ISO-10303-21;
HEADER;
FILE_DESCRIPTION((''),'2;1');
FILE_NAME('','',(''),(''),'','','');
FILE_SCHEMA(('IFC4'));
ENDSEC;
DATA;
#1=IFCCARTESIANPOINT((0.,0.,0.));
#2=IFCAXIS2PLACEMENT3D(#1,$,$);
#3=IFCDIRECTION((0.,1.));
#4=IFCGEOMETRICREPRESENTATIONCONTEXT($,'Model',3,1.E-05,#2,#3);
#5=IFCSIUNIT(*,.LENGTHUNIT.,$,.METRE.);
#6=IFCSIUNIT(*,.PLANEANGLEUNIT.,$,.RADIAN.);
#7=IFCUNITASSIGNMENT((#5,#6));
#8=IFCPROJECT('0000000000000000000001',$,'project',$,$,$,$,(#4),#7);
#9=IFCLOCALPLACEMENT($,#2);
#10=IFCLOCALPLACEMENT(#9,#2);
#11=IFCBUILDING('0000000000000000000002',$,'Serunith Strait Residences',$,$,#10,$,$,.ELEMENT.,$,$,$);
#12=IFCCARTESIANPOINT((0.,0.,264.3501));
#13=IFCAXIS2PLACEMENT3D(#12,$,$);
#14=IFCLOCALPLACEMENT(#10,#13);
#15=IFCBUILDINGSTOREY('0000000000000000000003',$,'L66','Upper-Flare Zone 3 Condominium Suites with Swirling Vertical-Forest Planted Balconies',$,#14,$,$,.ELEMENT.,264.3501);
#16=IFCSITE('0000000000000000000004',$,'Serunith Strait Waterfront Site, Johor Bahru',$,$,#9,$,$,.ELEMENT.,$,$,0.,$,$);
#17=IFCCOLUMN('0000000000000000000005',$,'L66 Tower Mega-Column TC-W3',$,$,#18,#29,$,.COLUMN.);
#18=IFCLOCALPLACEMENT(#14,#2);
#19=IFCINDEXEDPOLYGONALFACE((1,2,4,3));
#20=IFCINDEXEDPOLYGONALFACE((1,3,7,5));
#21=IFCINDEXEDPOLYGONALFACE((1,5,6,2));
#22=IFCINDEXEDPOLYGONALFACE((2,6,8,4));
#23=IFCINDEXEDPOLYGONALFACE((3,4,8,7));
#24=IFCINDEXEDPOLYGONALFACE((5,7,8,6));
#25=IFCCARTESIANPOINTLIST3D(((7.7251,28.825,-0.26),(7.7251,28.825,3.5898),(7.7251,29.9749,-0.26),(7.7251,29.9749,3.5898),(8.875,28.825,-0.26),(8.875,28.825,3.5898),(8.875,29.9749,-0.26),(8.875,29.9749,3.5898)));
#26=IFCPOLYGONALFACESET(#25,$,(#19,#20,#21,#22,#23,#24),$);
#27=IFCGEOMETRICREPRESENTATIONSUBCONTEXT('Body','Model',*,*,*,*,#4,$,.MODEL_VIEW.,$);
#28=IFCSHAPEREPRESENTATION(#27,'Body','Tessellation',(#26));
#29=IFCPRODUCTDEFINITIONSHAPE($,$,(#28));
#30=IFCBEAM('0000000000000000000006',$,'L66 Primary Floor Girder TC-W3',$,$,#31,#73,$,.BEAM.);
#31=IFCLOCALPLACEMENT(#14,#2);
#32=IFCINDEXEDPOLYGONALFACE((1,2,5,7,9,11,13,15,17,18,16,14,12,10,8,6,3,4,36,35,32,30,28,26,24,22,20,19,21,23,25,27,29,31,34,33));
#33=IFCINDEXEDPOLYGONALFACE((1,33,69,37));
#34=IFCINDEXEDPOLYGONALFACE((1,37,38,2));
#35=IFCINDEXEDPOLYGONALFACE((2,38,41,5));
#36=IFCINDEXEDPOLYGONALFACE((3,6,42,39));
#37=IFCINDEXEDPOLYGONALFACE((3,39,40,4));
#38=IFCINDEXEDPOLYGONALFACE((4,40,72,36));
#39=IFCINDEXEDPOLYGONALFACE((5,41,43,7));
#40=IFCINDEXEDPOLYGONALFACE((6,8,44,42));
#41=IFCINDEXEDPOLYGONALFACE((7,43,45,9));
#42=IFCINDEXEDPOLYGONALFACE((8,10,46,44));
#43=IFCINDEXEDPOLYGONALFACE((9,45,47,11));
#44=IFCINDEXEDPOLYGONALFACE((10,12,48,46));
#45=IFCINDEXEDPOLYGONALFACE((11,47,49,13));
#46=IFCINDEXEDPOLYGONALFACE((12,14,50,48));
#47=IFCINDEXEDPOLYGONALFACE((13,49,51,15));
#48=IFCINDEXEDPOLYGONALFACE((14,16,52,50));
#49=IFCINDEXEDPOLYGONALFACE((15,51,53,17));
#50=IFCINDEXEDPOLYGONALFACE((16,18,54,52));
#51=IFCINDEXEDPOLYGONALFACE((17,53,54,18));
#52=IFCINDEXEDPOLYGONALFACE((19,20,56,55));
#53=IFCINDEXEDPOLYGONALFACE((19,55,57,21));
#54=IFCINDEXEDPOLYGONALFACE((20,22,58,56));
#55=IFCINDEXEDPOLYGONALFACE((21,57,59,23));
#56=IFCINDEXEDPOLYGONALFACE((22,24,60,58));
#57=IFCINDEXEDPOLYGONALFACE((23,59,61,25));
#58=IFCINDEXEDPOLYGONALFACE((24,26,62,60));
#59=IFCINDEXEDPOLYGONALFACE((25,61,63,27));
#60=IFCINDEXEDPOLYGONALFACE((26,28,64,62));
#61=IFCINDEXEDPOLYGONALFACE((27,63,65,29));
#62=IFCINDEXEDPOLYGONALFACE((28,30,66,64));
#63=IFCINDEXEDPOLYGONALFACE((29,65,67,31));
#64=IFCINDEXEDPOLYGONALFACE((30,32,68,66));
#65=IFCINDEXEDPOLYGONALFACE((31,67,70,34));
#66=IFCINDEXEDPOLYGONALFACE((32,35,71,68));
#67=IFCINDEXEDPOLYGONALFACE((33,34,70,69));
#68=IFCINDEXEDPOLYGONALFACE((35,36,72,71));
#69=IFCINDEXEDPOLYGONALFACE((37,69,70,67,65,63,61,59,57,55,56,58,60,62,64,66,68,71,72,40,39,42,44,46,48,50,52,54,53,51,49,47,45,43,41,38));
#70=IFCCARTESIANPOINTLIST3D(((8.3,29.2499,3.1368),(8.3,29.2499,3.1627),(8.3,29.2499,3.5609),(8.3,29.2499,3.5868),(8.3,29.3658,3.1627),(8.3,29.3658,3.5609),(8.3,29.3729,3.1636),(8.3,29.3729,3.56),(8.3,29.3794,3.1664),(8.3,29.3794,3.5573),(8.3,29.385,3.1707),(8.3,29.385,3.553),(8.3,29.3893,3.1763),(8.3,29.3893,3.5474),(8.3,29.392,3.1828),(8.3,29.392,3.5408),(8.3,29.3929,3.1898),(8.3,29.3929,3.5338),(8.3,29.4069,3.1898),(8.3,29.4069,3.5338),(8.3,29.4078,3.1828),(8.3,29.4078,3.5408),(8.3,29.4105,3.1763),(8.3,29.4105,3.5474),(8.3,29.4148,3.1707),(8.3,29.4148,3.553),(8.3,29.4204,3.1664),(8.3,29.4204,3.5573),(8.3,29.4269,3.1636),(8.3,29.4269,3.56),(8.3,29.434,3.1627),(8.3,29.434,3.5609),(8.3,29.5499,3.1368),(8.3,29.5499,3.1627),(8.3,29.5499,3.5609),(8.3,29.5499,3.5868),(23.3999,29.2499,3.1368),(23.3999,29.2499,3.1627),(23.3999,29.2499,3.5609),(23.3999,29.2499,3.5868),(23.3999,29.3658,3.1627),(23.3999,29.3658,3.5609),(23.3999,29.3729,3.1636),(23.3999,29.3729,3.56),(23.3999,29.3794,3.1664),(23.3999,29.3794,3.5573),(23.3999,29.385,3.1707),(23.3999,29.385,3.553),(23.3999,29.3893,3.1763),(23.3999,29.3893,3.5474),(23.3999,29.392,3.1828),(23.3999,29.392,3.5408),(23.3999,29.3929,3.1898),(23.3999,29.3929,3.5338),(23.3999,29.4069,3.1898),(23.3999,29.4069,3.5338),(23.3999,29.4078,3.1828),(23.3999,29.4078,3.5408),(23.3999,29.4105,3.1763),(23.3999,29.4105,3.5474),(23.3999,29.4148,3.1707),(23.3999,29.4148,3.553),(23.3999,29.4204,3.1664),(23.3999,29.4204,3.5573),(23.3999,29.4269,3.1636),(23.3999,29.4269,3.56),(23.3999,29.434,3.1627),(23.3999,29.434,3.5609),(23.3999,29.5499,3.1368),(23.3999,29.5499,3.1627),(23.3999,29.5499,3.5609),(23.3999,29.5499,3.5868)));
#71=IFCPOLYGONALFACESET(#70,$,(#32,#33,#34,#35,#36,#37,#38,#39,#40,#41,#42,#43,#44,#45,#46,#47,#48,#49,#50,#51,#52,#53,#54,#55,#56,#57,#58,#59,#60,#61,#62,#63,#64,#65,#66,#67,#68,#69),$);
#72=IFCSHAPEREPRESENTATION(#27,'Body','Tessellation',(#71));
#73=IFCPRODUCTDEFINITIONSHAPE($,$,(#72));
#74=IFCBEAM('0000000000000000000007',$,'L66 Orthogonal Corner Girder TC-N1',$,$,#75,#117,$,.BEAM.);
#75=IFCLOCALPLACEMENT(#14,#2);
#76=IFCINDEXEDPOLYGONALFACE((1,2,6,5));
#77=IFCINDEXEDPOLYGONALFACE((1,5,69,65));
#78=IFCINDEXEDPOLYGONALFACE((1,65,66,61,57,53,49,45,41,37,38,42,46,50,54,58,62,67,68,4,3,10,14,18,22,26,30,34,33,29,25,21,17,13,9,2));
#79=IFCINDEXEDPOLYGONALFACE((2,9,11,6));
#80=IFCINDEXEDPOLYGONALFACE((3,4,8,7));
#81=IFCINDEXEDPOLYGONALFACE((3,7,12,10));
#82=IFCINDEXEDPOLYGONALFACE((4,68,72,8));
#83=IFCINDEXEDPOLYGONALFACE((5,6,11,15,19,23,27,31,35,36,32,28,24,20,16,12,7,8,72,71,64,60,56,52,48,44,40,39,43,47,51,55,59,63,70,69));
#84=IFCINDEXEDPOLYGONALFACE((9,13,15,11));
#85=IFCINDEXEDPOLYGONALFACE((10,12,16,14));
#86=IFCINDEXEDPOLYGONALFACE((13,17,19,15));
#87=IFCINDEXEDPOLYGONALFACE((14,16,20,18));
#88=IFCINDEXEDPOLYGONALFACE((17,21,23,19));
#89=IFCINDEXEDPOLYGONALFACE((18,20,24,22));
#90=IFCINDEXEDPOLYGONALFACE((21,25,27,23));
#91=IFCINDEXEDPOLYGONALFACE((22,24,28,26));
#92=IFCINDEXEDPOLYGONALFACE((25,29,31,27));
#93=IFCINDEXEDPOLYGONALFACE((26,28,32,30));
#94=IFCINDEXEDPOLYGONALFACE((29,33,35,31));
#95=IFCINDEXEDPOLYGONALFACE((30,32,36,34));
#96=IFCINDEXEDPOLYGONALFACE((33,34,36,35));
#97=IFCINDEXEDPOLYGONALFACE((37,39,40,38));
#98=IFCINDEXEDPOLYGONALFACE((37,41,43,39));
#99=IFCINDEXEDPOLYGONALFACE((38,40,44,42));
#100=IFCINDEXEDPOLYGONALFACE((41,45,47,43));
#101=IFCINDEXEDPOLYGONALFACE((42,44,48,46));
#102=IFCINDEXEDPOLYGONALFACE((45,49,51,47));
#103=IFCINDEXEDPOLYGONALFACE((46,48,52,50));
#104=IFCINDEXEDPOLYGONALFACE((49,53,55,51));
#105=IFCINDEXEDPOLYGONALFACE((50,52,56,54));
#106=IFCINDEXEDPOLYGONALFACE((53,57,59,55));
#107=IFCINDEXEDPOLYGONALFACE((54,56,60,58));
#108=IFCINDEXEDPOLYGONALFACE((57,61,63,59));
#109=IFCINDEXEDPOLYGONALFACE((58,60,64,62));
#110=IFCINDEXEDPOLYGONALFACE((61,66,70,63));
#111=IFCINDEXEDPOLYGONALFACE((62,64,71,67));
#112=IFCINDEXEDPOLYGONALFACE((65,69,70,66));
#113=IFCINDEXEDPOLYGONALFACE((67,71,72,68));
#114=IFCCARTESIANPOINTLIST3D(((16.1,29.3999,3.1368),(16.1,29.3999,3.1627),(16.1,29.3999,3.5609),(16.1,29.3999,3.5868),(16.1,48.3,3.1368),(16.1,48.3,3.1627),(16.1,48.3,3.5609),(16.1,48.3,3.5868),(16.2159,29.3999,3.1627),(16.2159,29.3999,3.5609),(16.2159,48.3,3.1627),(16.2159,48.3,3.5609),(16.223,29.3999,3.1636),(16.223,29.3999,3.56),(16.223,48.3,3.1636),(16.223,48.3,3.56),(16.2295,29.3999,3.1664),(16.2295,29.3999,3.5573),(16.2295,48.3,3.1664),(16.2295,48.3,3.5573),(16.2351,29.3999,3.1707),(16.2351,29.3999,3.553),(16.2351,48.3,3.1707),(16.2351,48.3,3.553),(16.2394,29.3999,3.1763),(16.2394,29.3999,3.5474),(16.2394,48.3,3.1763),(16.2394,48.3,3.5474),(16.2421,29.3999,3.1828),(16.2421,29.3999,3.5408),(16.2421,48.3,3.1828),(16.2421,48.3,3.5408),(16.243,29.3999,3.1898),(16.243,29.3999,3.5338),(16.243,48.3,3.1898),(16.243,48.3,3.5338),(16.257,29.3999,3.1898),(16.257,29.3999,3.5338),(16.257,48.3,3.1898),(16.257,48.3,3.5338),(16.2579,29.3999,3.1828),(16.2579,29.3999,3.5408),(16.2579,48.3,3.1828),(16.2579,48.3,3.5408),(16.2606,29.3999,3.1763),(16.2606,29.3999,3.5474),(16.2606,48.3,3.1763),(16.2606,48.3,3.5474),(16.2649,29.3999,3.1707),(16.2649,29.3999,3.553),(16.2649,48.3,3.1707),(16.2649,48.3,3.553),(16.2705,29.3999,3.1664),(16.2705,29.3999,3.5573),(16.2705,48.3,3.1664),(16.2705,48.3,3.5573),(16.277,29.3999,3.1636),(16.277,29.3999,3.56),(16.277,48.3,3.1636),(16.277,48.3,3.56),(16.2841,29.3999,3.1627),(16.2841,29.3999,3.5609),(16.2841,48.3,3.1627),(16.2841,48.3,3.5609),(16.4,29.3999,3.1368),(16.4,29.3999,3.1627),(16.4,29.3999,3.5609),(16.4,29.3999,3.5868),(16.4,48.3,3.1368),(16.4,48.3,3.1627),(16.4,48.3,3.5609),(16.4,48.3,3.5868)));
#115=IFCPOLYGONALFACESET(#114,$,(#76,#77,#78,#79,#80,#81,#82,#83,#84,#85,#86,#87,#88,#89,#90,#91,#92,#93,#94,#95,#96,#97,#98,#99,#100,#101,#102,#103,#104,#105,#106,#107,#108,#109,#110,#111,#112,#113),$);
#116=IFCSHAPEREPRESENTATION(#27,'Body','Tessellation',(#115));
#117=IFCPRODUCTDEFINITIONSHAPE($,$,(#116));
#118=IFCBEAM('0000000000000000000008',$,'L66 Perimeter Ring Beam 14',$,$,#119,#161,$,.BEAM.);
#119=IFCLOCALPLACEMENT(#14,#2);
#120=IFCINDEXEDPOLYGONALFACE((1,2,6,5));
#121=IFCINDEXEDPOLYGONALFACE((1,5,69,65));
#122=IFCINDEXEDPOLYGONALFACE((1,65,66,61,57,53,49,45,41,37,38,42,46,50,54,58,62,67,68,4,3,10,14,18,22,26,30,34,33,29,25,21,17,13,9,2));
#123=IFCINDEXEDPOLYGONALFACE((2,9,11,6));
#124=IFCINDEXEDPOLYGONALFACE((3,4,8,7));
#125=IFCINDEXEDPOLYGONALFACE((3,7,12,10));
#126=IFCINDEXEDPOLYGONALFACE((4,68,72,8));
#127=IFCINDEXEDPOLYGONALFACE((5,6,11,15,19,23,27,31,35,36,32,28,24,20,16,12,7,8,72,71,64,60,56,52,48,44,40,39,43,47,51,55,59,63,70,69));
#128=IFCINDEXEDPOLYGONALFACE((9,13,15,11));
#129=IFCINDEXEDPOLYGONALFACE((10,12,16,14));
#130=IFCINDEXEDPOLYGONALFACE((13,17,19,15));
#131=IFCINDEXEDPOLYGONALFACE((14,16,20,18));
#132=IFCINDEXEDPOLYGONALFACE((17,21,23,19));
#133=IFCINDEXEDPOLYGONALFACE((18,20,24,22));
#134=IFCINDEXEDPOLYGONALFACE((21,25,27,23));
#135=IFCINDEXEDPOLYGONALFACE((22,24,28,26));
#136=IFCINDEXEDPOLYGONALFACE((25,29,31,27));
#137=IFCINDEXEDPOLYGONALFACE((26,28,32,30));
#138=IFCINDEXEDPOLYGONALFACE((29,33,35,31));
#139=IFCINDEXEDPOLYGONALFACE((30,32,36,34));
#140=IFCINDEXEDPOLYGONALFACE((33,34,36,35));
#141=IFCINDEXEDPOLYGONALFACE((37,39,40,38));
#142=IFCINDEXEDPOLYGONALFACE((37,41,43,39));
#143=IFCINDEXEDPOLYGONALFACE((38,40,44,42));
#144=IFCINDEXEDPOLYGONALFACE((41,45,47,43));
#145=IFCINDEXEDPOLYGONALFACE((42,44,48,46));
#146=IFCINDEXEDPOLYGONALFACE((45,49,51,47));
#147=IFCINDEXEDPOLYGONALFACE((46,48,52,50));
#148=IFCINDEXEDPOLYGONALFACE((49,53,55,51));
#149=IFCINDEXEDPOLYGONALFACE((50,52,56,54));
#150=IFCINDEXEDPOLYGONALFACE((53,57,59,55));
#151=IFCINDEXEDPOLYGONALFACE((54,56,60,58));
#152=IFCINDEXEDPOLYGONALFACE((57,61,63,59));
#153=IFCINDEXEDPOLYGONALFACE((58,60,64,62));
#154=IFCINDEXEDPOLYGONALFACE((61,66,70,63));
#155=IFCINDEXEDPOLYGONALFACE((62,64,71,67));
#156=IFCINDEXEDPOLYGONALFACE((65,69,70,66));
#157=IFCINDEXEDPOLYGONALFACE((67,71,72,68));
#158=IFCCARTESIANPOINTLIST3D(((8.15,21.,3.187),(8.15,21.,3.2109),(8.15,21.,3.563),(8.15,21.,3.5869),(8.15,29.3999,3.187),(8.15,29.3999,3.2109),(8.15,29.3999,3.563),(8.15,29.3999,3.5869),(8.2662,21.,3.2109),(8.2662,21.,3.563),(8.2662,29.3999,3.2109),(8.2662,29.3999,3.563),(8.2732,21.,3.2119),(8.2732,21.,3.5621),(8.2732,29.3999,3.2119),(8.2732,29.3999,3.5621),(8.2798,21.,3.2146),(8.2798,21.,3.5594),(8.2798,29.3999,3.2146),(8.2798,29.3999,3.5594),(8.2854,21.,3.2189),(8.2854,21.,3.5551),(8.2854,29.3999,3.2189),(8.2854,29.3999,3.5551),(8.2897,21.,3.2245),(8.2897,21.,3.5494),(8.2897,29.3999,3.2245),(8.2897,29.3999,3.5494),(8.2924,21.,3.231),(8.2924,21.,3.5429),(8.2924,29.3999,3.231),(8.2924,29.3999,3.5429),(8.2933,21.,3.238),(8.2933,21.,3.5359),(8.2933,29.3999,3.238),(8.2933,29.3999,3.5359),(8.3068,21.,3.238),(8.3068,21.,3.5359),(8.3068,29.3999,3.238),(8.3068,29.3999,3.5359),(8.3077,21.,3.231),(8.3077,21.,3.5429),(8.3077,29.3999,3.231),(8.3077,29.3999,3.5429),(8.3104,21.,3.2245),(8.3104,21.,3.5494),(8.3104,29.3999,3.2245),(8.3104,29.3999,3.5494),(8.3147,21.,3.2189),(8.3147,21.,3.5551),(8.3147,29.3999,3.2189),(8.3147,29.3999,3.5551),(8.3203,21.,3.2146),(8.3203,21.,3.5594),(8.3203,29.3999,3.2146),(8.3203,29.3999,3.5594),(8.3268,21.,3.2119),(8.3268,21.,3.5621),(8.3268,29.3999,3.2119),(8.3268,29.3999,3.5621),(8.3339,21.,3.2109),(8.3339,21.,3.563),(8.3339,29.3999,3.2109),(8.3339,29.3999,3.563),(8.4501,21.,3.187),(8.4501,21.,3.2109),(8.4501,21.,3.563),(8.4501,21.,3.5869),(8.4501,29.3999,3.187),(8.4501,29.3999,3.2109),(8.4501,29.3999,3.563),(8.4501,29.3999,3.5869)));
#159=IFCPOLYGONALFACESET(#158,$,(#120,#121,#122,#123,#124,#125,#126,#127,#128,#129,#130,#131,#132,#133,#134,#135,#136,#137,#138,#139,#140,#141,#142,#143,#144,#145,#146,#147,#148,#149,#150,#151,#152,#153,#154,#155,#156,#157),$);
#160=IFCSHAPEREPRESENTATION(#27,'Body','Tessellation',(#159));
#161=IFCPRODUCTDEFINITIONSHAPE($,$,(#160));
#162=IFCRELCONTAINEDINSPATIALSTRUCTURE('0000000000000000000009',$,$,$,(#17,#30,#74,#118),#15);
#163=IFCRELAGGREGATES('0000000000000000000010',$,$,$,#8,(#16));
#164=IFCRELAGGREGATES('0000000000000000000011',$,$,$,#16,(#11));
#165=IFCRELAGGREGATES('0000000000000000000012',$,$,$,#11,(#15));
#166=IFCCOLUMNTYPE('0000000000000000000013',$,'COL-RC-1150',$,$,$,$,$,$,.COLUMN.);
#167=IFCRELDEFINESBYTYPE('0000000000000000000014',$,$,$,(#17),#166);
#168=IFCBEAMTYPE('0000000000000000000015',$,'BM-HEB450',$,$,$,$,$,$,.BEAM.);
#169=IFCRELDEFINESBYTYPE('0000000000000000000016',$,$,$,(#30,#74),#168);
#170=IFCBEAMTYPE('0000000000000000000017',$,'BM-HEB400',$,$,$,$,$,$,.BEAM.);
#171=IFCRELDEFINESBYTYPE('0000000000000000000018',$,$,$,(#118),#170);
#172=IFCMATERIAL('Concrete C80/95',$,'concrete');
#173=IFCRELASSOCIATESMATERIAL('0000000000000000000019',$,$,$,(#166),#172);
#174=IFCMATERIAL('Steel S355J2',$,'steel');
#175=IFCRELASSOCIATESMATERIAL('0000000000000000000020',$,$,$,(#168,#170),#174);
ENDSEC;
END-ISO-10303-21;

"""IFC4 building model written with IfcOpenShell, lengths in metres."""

from ifc_helpers import new_model, si_unit, direction, frame, origin, origin_2d, place, context, subcontext, project, spatial, rectangle, i_section, extrude, source, transform, mapped, material, material_profile, profile_set, type_object, element, save


model = new_model("IFC4")

# Units and contexts
model_context = context("Model", 3, precision=1e-05, world=origin(), true_north=direction((0.0, 1.0)))
body_context = subcontext(model_context, "Body", "Model", "MODEL_VIEW")
ifc_project = project(units=[si_unit("LENGTHUNIT", "METRE"), si_unit("PLANEANGLEUNIT", "RADIAN")], contexts=[model_context])

# Site, building, storey
site_placement = place(None, origin())
site = spatial("IfcSite", under=ifc_project, at=site_placement, Name="Serunith Strait Waterfront Site, Johor Bahru", CompositionType="ELEMENT", RefElevation=0.0)
building_placement = place(site_placement, origin())
building = spatial("IfcBuilding", under=site, at=building_placement, Name="Serunith Strait Residences", CompositionType="ELEMENT")
storey_placement = place(building_placement, frame((0.0, 0.0, 264.3501)))
storey = spatial("IfcBuildingStorey", under=building, at=storey_placement, Name="L66", Description="Upper-Flare Zone 3 Condominium Suites with Swirling Vertical-Forest Planted Balconies", CompositionType="ELEMENT", Elevation=264.3501)

# Column
ifc_material_1 = material(Name="Concrete C80/95", Category="concrete")
ifc_material_profile_1 = material_profile(ifc_material_1, rectangle(XDim=1.1499, YDim=1.1499, at=origin_2d()), Name="RC 1150x1150")
ifc_profile_set_1 = profile_set([ifc_material_profile_1], Name="Concrete C80/95")
column_type = type_object("IfcColumnType", Name="COL-RC-1150", PredefinedType="COLUMN", material=ifc_profile_set_1)
shared_shape_1 = source(origin(), body_context, "Body", "SweptSolid", [
    extrude(rectangle(XDim=1.1499, YDim=1.1499, at=origin_2d()), origin(), (0.0, 0.0, 1.0), 3.8499),
])
column_placement = place(storey_placement, frame((8.3, 29.3999, -0.26), z_axis=(0.0, 0.0, 1.0), x_axis=(1.0, 0.0, 0.0)))
element("IfcColumn", 1, at=column_placement, inside=storey, type_object=column_type, Name="L66 Tower Mega-Column TC-W3", PredefinedType="COLUMN", context=body_context, shape_type="MappedRepresentation", body=[
    mapped(shared_shape_1, transform((0.0, 0.0, 0.0), scale=1.0)),
])

# Beams
ifc_material_2 = material(Name="Steel S355J2", Category="steel")
ifc_material_profile_2 = material_profile(ifc_material_2, i_section(OverallWidth=0.3, OverallDepth=0.45, WebThickness=0.0139, FlangeThickness=0.0259, FilletRadius=0.0271, at=origin_2d()), Name="HEB 450")
ifc_profile_set_2 = profile_set([ifc_material_profile_2], Name="Steel S355J2")
beam_type_1 = type_object("IfcBeamType", Name="BM-HEB450", PredefinedType="BEAM", material=ifc_profile_set_2)
shared_shape_2 = source(origin(), body_context, "Body", "SweptSolid", [
    extrude(i_section(OverallWidth=0.3, OverallDepth=0.45, WebThickness=0.0139, FlangeThickness=0.0259, FilletRadius=0.0271, at=origin_2d()), origin(), (0.0, 0.0, 1.0), 15.0999),
])
beam_1_placement = place(storey_placement, frame((23.3999, 29.3999, 3.3618), z_axis=(-1.0, 0.0, 0.0), x_axis=(0.0, -1.0, 0.0)))
element("IfcBeam", 2, at=beam_1_placement, inside=storey, type_object=beam_type_1, Name="L66 Primary Floor Girder TC-W3", PredefinedType="BEAM", context=body_context, shape_type="MappedRepresentation", body=[
    mapped(shared_shape_2, transform((0.0, 0.0, 0.0), scale=1.0)),
])
shared_shape_3 = source(origin(), body_context, "Body", "SweptSolid", [
    extrude(i_section(OverallWidth=0.3, OverallDepth=0.45, WebThickness=0.0139, FlangeThickness=0.0259, FilletRadius=0.0271, at=origin_2d()), origin(), (0.0, 0.0, 1.0), 18.9001),
])
beam_2_placement = place(storey_placement, frame((16.25, 29.3999, 3.3618), z_axis=(0.0, 1.0, 0.0), x_axis=(-1.0, 0.0, 0.0)))
element("IfcBeam", 3, at=beam_2_placement, inside=storey, type_object=beam_type_1, Name="L66 Orthogonal Corner Girder TC-N1", PredefinedType="BEAM", context=body_context, shape_type="MappedRepresentation", body=[
    mapped(shared_shape_3, transform((0.0, 0.0, 0.0), scale=1.0)),
])
ifc_material_profile_3 = material_profile(ifc_material_2, i_section(OverallWidth=0.3, OverallDepth=0.3999, WebThickness=0.0134, FlangeThickness=0.0239, FilletRadius=0.0271, at=origin_2d()), Name="HEB 400")
ifc_profile_set_3 = profile_set([ifc_material_profile_3], Name="Steel S355J2")
beam_type_2 = type_object("IfcBeamType", Name="BM-HEB400", PredefinedType="BEAM", material=ifc_profile_set_3)
shared_shape_4 = source(origin(), body_context, "Body", "SweptSolid", [
    extrude(i_section(OverallWidth=0.3, OverallDepth=0.3999, WebThickness=0.0134, FlangeThickness=0.0239, FilletRadius=0.0271, at=origin_2d()), origin(), (0.0, 0.0, 1.0), 8.3999),
])
beam_3_placement = place(storey_placement, frame((8.3, 29.3999, 3.387), z_axis=(0.0, -1.0, 0.0), x_axis=(1.0, 0.0, 0.0)))
element("IfcBeam", 4, at=beam_3_placement, inside=storey, type_object=beam_type_2, Name="L66 Perimeter Ring Beam 14", PredefinedType="BEAM", context=body_context, shape_type="MappedRepresentation", body=[
    mapped(shared_shape_4, transform((0.0, 0.0, 0.0), scale=1.0)),
])

save(model, "model.ifc")
